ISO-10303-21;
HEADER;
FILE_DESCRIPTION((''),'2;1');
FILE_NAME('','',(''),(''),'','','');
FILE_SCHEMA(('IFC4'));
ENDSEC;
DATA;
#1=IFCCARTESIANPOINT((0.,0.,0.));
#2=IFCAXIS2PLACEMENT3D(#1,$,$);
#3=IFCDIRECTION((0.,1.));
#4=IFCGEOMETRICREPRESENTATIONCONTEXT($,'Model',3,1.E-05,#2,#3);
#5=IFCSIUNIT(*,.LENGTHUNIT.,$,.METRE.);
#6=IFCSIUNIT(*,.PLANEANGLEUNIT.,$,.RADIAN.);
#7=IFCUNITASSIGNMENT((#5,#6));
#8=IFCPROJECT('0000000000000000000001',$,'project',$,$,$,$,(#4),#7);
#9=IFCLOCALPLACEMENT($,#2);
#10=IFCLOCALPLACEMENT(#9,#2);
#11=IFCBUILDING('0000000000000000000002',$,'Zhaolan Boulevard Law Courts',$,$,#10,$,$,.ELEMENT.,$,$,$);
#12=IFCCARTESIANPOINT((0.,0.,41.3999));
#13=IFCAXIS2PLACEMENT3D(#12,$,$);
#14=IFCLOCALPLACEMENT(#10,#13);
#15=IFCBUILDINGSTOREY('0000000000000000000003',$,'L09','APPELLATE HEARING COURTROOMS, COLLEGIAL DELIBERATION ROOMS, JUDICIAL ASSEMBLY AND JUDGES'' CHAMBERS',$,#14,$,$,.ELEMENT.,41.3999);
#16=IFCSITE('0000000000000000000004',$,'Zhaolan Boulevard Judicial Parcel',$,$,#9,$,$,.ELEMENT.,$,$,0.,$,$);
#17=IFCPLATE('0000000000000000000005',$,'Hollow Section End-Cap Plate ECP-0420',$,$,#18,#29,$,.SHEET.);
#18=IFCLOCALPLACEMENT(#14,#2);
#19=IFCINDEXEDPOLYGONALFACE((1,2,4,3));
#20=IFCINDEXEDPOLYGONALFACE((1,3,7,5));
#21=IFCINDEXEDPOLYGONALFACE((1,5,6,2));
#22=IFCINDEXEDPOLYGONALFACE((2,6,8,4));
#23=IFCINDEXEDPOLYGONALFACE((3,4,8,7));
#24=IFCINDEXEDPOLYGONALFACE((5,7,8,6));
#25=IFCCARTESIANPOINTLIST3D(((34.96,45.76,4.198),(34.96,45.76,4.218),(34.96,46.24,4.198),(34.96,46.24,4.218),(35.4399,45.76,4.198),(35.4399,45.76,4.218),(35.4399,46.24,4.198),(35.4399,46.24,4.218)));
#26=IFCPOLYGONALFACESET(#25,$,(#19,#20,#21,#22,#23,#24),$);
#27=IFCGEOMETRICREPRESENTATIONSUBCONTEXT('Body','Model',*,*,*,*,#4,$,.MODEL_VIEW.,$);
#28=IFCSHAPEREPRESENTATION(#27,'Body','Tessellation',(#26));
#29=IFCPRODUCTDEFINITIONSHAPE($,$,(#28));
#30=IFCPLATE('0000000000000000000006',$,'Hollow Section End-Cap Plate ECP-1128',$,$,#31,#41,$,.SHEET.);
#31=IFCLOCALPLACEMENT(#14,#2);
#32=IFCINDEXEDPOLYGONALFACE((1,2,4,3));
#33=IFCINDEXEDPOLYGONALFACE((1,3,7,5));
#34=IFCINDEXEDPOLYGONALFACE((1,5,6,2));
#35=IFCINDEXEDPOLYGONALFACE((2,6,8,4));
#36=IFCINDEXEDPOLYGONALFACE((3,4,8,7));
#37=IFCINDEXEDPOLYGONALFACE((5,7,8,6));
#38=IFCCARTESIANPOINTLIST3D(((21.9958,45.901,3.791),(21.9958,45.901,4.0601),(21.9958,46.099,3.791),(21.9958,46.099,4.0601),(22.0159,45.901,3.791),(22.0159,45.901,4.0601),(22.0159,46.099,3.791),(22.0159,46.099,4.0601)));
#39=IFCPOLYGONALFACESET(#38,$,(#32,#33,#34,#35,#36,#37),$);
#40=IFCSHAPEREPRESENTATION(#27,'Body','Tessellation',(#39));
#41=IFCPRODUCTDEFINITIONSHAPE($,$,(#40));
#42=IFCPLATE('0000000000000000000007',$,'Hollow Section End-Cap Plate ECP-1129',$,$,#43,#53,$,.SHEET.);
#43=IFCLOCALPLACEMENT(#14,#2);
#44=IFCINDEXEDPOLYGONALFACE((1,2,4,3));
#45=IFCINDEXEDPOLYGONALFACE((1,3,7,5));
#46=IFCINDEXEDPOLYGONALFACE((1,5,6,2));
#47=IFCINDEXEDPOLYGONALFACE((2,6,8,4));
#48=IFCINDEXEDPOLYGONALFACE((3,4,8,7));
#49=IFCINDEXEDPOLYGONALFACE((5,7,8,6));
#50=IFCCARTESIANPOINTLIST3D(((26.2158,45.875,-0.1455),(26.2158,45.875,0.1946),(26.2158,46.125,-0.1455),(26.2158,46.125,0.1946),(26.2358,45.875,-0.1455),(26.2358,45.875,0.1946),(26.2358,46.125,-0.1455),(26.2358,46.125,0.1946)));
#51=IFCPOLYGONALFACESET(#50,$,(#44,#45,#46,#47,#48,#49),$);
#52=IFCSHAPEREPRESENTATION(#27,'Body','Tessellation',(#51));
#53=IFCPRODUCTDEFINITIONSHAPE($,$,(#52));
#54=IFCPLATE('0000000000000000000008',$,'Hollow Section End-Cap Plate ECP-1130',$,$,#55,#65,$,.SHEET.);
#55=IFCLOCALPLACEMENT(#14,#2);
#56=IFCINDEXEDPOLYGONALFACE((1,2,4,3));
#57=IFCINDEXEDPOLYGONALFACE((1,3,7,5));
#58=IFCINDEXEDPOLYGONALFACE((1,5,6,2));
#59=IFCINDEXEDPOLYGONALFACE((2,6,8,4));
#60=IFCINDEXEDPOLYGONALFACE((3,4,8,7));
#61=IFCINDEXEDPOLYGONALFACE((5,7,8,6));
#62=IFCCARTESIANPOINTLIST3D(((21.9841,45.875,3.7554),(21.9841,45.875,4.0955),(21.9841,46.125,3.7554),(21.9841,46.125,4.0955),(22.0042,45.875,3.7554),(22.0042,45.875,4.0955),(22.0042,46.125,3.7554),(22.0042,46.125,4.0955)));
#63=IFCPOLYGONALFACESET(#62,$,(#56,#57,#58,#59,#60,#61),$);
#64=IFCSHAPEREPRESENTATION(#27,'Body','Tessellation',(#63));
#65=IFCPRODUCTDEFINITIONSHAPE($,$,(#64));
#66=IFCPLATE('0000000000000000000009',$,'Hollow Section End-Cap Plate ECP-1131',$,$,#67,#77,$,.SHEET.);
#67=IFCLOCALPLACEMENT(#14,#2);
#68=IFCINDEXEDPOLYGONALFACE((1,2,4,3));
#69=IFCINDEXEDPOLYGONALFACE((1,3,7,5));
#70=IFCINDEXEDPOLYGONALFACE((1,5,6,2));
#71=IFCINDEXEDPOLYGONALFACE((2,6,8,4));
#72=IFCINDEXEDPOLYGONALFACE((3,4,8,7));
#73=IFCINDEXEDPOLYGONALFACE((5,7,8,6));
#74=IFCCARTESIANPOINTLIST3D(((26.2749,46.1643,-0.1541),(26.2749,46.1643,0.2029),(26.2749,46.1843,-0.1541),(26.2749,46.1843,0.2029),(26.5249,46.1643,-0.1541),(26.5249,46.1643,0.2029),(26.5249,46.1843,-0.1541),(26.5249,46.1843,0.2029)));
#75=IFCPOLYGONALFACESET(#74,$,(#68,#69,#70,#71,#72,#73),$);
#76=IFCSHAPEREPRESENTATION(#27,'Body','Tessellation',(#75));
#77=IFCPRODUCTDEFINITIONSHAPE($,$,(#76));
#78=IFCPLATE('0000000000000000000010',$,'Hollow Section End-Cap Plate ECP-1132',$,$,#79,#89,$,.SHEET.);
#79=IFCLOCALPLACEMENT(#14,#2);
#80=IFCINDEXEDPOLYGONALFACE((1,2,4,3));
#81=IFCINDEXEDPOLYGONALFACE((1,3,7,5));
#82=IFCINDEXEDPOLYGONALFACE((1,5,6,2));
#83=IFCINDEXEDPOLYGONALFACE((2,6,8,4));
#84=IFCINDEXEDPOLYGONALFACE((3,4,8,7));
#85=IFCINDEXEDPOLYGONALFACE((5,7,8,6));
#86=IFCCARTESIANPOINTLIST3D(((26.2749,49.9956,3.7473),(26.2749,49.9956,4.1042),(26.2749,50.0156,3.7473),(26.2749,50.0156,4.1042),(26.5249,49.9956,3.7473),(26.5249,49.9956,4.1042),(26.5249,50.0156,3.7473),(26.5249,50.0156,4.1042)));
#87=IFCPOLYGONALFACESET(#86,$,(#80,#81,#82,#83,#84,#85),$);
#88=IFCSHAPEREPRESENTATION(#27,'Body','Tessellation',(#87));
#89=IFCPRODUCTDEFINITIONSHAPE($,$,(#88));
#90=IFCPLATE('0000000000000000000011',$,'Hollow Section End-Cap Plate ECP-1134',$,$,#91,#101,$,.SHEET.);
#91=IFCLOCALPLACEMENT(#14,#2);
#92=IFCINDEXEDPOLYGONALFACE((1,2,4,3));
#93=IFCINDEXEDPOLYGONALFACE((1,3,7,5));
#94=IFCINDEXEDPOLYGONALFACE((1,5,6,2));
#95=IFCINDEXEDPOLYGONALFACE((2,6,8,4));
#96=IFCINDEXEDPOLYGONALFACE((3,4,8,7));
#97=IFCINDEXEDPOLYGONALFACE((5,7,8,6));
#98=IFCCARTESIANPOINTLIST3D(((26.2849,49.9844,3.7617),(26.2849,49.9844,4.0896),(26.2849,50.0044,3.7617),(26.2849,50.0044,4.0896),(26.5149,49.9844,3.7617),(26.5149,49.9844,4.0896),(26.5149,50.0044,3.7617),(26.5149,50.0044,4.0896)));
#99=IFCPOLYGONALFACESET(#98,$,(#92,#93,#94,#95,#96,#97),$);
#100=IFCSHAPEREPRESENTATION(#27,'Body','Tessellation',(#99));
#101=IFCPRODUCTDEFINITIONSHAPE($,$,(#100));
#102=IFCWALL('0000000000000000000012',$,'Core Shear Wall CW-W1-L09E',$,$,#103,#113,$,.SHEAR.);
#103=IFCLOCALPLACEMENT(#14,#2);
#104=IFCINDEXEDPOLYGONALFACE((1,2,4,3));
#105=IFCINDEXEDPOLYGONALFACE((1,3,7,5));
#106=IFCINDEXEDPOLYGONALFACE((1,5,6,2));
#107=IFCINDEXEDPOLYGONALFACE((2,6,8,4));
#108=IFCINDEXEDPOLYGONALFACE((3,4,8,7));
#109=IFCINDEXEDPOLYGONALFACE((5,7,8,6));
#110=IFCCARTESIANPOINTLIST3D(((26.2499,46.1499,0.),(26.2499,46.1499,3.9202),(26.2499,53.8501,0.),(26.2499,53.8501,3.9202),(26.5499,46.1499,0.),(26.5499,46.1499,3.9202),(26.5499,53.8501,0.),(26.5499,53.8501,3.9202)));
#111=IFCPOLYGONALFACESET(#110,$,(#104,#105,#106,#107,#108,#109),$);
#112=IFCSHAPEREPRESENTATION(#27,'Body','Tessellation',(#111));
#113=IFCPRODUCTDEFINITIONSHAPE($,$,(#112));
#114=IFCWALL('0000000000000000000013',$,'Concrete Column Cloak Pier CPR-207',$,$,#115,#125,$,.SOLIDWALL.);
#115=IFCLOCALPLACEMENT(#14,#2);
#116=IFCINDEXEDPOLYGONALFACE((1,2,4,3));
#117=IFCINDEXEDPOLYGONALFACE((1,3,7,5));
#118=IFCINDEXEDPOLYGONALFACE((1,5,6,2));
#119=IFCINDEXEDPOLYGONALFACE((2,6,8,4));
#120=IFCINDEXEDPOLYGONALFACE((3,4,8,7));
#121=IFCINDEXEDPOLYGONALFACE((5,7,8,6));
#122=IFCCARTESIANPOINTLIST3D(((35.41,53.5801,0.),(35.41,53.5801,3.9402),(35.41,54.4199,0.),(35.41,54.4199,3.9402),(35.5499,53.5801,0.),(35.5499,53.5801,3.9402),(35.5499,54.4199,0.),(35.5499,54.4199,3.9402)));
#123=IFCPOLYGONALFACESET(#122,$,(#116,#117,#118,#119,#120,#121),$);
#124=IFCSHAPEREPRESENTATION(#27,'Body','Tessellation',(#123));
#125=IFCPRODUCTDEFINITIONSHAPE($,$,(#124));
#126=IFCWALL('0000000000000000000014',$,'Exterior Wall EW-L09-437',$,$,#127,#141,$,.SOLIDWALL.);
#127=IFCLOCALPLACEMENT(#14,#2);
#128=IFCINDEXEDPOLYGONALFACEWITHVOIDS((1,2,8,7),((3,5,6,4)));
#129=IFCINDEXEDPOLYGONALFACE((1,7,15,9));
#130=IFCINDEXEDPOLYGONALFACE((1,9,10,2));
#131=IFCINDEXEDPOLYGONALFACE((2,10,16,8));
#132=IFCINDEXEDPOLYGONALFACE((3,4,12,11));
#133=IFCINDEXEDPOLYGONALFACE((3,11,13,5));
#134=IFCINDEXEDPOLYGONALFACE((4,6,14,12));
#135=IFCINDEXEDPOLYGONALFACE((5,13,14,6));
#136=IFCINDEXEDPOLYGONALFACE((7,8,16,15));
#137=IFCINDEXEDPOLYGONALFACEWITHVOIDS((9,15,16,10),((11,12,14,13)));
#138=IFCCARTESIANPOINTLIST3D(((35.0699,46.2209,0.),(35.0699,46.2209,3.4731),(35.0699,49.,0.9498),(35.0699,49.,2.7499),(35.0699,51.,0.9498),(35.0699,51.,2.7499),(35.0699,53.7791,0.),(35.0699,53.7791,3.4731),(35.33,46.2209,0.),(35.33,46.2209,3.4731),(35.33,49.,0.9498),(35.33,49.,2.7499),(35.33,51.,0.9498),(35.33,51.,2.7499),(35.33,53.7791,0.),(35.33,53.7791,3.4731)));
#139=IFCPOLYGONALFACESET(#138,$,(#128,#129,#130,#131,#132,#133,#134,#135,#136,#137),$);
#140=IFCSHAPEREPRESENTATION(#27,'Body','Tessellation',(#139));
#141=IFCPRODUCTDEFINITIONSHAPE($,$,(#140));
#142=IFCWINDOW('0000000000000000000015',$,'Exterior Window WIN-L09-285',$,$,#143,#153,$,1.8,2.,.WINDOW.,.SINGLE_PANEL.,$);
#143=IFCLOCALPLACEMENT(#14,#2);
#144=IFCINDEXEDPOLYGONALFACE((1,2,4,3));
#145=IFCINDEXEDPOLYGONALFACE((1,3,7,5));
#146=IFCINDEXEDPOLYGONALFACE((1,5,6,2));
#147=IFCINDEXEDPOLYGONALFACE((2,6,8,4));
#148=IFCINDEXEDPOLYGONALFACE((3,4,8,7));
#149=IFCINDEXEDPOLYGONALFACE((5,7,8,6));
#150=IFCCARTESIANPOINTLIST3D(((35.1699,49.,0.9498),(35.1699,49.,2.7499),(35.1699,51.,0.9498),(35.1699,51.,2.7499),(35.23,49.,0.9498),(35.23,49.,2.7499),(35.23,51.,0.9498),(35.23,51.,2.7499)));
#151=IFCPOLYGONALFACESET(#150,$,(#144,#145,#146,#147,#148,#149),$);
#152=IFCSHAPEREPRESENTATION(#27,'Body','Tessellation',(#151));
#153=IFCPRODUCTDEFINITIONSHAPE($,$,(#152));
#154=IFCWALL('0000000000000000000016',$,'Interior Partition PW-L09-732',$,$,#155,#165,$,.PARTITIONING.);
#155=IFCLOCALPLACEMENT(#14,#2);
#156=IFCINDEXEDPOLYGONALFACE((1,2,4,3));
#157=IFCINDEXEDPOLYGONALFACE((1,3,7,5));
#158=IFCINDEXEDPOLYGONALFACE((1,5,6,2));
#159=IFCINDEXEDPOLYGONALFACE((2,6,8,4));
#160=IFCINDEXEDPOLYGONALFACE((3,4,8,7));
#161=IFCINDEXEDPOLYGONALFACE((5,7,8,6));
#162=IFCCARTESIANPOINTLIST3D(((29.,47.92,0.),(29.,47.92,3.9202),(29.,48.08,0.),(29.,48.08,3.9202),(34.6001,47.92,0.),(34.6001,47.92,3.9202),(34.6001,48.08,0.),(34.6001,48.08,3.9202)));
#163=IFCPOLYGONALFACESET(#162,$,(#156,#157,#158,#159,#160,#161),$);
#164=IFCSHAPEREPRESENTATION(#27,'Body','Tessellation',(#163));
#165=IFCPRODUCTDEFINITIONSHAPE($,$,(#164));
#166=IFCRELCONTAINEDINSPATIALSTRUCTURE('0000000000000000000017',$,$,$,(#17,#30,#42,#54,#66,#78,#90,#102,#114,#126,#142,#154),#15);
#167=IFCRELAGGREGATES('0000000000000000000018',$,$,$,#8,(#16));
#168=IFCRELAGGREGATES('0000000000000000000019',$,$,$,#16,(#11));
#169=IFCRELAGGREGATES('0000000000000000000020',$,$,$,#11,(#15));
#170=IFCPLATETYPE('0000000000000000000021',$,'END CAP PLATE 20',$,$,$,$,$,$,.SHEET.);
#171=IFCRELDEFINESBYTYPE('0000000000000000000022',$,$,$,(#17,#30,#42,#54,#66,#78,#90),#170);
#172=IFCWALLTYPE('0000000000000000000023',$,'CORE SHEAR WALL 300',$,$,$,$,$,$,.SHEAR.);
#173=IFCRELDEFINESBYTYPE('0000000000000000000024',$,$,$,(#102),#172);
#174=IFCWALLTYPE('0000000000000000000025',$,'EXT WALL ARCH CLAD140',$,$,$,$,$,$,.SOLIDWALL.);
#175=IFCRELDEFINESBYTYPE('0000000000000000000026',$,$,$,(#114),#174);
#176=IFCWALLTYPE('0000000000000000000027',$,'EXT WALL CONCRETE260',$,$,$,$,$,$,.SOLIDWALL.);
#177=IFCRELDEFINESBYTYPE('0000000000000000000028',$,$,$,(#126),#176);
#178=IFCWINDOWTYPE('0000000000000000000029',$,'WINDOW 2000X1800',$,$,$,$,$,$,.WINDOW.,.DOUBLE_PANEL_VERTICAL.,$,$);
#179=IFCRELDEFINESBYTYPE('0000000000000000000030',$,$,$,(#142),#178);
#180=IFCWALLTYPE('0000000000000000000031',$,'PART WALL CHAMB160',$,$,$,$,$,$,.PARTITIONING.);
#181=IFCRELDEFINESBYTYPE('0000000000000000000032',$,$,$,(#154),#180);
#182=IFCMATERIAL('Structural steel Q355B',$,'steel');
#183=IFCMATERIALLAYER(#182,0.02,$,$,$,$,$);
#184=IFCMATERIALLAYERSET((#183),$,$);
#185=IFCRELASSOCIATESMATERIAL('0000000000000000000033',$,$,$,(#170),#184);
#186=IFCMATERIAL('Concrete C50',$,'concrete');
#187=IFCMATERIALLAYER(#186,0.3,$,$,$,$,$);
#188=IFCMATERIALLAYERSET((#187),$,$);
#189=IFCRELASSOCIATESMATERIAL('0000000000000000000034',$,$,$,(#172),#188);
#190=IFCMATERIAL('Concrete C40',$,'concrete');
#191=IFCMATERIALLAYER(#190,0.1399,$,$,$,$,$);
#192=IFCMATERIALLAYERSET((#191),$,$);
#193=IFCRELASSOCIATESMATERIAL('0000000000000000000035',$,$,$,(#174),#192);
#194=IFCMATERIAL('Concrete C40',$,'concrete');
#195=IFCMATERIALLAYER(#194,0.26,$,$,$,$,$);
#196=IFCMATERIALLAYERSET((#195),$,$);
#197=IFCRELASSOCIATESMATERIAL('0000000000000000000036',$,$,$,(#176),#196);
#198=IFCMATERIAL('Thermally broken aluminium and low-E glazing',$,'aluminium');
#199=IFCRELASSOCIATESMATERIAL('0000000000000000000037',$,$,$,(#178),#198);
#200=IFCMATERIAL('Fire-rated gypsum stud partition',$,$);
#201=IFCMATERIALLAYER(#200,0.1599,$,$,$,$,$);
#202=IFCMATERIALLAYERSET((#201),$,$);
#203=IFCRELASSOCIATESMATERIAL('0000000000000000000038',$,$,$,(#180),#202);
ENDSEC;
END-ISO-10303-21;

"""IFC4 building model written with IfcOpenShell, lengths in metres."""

from ifc_helpers import new_model, si_unit, direction, frame, frame_2d, origin, origin_2d, place, context, subcontext, project, spatial, rectangle, extrude, material, layer, layer_set, type_object, element, fill, save


model = new_model("IFC4")

# Units and contexts
model_context = context("Model", 3, precision=1e-05, world=origin(), true_north=direction((0.0, 1.0)))
body_context = subcontext(model_context, "Body", "Model", "MODEL_VIEW")
ifc_project = project(units=[si_unit("LENGTHUNIT", "METRE"), si_unit("PLANEANGLEUNIT", "RADIAN")], contexts=[model_context])

# Site, building, storey
site_placement = place(None, origin())
site = spatial("IfcSite", under=ifc_project, at=site_placement, Name="Zhaolan Boulevard Judicial Parcel", CompositionType="ELEMENT", RefElevation=0.0)
building_placement = place(site_placement, origin())
building = spatial("IfcBuilding", under=site, at=building_placement, Name="Zhaolan Boulevard Law Courts", CompositionType="ELEMENT")
storey_placement = place(building_placement, frame((0.0, 0.0, 41.3999)))
storey = spatial("IfcBuildingStorey", under=building, at=storey_placement, Name="L09", Description="APPELLATE HEARING COURTROOMS, COLLEGIAL DELIBERATION ROOMS, JUDICIAL ASSEMBLY AND JUDGES' CHAMBERS", CompositionType="ELEMENT", Elevation=41.3999)

# Plates
ifc_material_1 = material(Name="Structural steel Q355B", Category="steel")
ifc_layer_1 = layer(ifc_material_1, 0.02)
ifc_layer_set_1 = layer_set([ifc_layer_1])
plate_type_1 = type_object("IfcPlateType", Name="END CAP PLATE 20", PredefinedType="SHEET", material=ifc_layer_set_1)
for number, where, z_axis, x_axis, name in (
    (1, (35.2, 46.0, 4.198), (0.0, 0.0, 1.0), (1.0, 0.0, 0.0), "Hollow Section End-Cap Plate ECP-0420"),
):
    element("IfcPlate", number, at=place(storey_placement, frame(where, z_axis=z_axis, x_axis=x_axis)), inside=storey, type_object=plate_type_1, Name=name, PredefinedType="SHEET", context=body_context, shape_type="SweptSolid", body=[
        extrude(rectangle(XDim=0.48, YDim=0.48, at=origin_2d()), origin(), (0.0, 0.0, 1.0), 0.02),
    ])
plate_1_placement = place(storey_placement, frame((22.0059, 46.0, 3.791), z_axis=(0.0, 0.0, 1.0), x_axis=(1.0, 0.0, 0.0)))
element("IfcPlate", 2, at=plate_1_placement, inside=storey, type_object=plate_type_1, Name="Hollow Section End-Cap Plate ECP-1128", PredefinedType="SHEET", context=body_context, shape_type="SweptSolid", body=[
    extrude(rectangle(XDim=0.02, YDim=0.198, at=origin_2d()), origin(), (0.0, 0.0, 1.0), 0.269),
])
for number, where, z_axis, x_axis, name in (
    (3, (26.2258, 46.0, -0.1455), (0.0, 0.0, 1.0), (-1.0, 0.0, 0.0), "Hollow Section End-Cap Plate ECP-1129"),
    (4, (21.9941, 46.0, 3.7554), (0.0, 0.0, 1.0), (-1.0, 0.0, 0.0), "Hollow Section End-Cap Plate ECP-1130"),
):
    element("IfcPlate", number, at=place(storey_placement, frame(where, z_axis=z_axis, x_axis=x_axis)), inside=storey, type_object=plate_type_1, Name=name, PredefinedType="SHEET", context=body_context, shape_type="SweptSolid", body=[
        extrude(rectangle(XDim=0.02, YDim=0.25, at=origin_2d()), origin(), (0.0, 0.0, 1.0), 0.3401),
    ])
for number, where, z_axis, x_axis, name in (
    (5, (26.3999, 46.1743, -0.1541), (0.0, 0.0, 1.0), (0.0, 1.0, 0.0), "Hollow Section End-Cap Plate ECP-1131"),
    (6, (26.3999, 50.0056, 3.7473), (0.0, 0.0, 1.0), (0.0, 1.0, 0.0), "Hollow Section End-Cap Plate ECP-1132"),
):
    element("IfcPlate", number, at=place(storey_placement, frame(where, z_axis=z_axis, x_axis=x_axis)), inside=storey, type_object=plate_type_1, Name=name, PredefinedType="SHEET", context=body_context, shape_type="SweptSolid", body=[
        extrude(rectangle(XDim=0.02, YDim=0.25, at=origin_2d()), origin(), (0.0, 0.0, 1.0), 0.3569),
    ])
plate_2_placement = place(storey_placement, frame((26.3999, 49.9944, 3.7617), z_axis=(0.0, 0.0, 1.0), x_axis=(0.0, -1.0, 0.0)))
element("IfcPlate", 7, at=plate_2_placement, inside=storey, type_object=plate_type_1, Name="Hollow Section End-Cap Plate ECP-1134", PredefinedType="SHEET", context=body_context, shape_type="SweptSolid", body=[
    extrude(rectangle(XDim=0.02, YDim=0.23, at=origin_2d()), origin(), (0.0, 0.0, 1.0), 0.3279),
])

# Walls
ifc_material_2 = material(Name="Concrete C50", Category="concrete")
ifc_layer_2 = layer(ifc_material_2, 0.3)
ifc_layer_set_2 = layer_set([ifc_layer_2])
wall_type_1 = type_object("IfcWallType", Name="CORE SHEAR WALL 300", PredefinedType="SHEAR", material=ifc_layer_set_2)
wall_1_placement = place(storey_placement, frame((26.3999, 46.1499, 0.0), z_axis=(0.0, 0.0, 1.0), x_axis=(0.0, 1.0, 0.0)))
element("IfcWall", 8, at=wall_1_placement, inside=storey, type_object=wall_type_1, Name="Core Shear Wall CW-W1-L09E", PredefinedType="SHEAR", context=body_context, shape_type="SweptSolid", body=[
    extrude(rectangle(XDim=7.7002, YDim=0.3, at=frame_2d((3.8501, 0.0))), origin(), (0.0, 0.0, 1.0), 3.9202),
])
ifc_material_3 = material(Name="Concrete C40", Category="concrete")
ifc_layer_3 = layer(ifc_material_3, 0.1399)
ifc_layer_set_3 = layer_set([ifc_layer_3])
wall_type_2 = type_object("IfcWallType", Name="EXT WALL ARCH CLAD140", PredefinedType="SOLIDWALL", material=ifc_layer_set_3)
wall_2_placement = place(storey_placement, frame((35.48, 53.5801, 0.0), z_axis=(0.0, 0.0, 1.0), x_axis=(0.0, 1.0, 0.0)))
element("IfcWall", 9, at=wall_2_placement, inside=storey, type_object=wall_type_2, Name="Concrete Column Cloak Pier CPR-207", PredefinedType="SOLIDWALL", context=body_context, shape_type="SweptSolid", body=[
    extrude(rectangle(XDim=0.8398, YDim=0.1399, at=frame_2d((0.4199, 0.0))), origin(), (0.0, 0.0, 1.0), 3.9402),
])

# Wall, opening, window
ifc_material_4 = material(Name="Concrete C40", Category="concrete")
ifc_layer_4 = layer(ifc_material_4, 0.26)
ifc_layer_set_4 = layer_set([ifc_layer_4])
wall_type_3 = type_object("IfcWallType", Name="EXT WALL CONCRETE260", PredefinedType="SOLIDWALL", material=ifc_layer_set_4)
wall_3_placement = place(storey_placement, frame((35.2, 46.2209, 0.0), z_axis=(0.0, 0.0, 1.0), x_axis=(0.0, 1.0, 0.0)))
wall_3 = element("IfcWall", 10, at=wall_3_placement, inside=storey, type_object=wall_type_3, Name="Exterior Wall EW-L09-437", PredefinedType="SOLIDWALL", context=body_context, shape_type="SweptSolid", body=[
    extrude(rectangle(XDim=7.5581, YDim=0.26, at=frame_2d((3.7791, 0.0))), origin(), (0.0, 0.0, 1.0), 3.4731),
])
opening_1_placement = place(wall_3_placement, frame((2.7791, 0.0, 0.95)))
opening_1 = element("IfcOpeningElement", 11, at=opening_1_placement, cuts=wall_3, PredefinedType="OPENING", context=body_context, shape_type="SweptSolid", body=[
    extrude(rectangle(XDim=2.0, YDim=1.8, at=frame_2d((1.0, 0.8999))), frame((0.0, 0.1399, 0.0), z_axis=(0.0, -1.0, 0.0), x_axis=(1.0, 0.0, 0.0)), (0.0, 0.0, 1.0), 0.28),
])
ifc_material_5 = material(Name="Thermally broken aluminium and low-E glazing", Category="aluminium")
window_type = type_object("IfcWindowType", Name="WINDOW 2000X1800", PartitioningType="DOUBLE_PANEL_VERTICAL", PredefinedType="WINDOW", material=ifc_material_5)
window_placement = place(opening_1_placement, origin())
window = element("IfcWindow", 12, at=window_placement, inside=storey, type_object=window_type, Name="Exterior Window WIN-L09-285", OverallHeight=1.8, OverallWidth=2.0, PartitioningType="SINGLE_PANEL", PredefinedType="WINDOW", context=body_context, shape_type="SweptSolid", body=[
    extrude(rectangle(XDim=2.0, YDim=1.8, at=frame_2d((1.0, 0.8999))), frame((0.0, 0.03, 0.0), z_axis=(0.0, -1.0, 0.0), x_axis=(1.0, 0.0, 0.0)), (0.0, 0.0, 1.0), 0.0601),
])
fill(opening_1, window)

# Wall
ifc_material_6 = material(Name="Fire-rated gypsum stud partition")
ifc_layer_5 = layer(ifc_material_6, 0.1599)
ifc_layer_set_5 = layer_set([ifc_layer_5])
wall_type_4 = type_object("IfcWallType", Name="PART WALL CHAMB160", PredefinedType="PARTITIONING", material=ifc_layer_set_5)
wall_4_placement = place(storey_placement, frame((34.6001, 48.0, 0.0), z_axis=(0.0, 0.0, 1.0), x_axis=(-1.0, 0.0, 0.0)))
element("IfcWall", 13, at=wall_4_placement, inside=storey, type_object=wall_type_4, Name="Interior Partition PW-L09-732", PredefinedType="PARTITIONING", context=body_context, shape_type="SweptSolid", body=[
    extrude(rectangle(XDim=5.6001, YDim=0.1599, at=frame_2d((2.8, 0.0))), origin(), (0.0, 0.0, 1.0), 3.9202),
])

save(model, "model.ifc")
